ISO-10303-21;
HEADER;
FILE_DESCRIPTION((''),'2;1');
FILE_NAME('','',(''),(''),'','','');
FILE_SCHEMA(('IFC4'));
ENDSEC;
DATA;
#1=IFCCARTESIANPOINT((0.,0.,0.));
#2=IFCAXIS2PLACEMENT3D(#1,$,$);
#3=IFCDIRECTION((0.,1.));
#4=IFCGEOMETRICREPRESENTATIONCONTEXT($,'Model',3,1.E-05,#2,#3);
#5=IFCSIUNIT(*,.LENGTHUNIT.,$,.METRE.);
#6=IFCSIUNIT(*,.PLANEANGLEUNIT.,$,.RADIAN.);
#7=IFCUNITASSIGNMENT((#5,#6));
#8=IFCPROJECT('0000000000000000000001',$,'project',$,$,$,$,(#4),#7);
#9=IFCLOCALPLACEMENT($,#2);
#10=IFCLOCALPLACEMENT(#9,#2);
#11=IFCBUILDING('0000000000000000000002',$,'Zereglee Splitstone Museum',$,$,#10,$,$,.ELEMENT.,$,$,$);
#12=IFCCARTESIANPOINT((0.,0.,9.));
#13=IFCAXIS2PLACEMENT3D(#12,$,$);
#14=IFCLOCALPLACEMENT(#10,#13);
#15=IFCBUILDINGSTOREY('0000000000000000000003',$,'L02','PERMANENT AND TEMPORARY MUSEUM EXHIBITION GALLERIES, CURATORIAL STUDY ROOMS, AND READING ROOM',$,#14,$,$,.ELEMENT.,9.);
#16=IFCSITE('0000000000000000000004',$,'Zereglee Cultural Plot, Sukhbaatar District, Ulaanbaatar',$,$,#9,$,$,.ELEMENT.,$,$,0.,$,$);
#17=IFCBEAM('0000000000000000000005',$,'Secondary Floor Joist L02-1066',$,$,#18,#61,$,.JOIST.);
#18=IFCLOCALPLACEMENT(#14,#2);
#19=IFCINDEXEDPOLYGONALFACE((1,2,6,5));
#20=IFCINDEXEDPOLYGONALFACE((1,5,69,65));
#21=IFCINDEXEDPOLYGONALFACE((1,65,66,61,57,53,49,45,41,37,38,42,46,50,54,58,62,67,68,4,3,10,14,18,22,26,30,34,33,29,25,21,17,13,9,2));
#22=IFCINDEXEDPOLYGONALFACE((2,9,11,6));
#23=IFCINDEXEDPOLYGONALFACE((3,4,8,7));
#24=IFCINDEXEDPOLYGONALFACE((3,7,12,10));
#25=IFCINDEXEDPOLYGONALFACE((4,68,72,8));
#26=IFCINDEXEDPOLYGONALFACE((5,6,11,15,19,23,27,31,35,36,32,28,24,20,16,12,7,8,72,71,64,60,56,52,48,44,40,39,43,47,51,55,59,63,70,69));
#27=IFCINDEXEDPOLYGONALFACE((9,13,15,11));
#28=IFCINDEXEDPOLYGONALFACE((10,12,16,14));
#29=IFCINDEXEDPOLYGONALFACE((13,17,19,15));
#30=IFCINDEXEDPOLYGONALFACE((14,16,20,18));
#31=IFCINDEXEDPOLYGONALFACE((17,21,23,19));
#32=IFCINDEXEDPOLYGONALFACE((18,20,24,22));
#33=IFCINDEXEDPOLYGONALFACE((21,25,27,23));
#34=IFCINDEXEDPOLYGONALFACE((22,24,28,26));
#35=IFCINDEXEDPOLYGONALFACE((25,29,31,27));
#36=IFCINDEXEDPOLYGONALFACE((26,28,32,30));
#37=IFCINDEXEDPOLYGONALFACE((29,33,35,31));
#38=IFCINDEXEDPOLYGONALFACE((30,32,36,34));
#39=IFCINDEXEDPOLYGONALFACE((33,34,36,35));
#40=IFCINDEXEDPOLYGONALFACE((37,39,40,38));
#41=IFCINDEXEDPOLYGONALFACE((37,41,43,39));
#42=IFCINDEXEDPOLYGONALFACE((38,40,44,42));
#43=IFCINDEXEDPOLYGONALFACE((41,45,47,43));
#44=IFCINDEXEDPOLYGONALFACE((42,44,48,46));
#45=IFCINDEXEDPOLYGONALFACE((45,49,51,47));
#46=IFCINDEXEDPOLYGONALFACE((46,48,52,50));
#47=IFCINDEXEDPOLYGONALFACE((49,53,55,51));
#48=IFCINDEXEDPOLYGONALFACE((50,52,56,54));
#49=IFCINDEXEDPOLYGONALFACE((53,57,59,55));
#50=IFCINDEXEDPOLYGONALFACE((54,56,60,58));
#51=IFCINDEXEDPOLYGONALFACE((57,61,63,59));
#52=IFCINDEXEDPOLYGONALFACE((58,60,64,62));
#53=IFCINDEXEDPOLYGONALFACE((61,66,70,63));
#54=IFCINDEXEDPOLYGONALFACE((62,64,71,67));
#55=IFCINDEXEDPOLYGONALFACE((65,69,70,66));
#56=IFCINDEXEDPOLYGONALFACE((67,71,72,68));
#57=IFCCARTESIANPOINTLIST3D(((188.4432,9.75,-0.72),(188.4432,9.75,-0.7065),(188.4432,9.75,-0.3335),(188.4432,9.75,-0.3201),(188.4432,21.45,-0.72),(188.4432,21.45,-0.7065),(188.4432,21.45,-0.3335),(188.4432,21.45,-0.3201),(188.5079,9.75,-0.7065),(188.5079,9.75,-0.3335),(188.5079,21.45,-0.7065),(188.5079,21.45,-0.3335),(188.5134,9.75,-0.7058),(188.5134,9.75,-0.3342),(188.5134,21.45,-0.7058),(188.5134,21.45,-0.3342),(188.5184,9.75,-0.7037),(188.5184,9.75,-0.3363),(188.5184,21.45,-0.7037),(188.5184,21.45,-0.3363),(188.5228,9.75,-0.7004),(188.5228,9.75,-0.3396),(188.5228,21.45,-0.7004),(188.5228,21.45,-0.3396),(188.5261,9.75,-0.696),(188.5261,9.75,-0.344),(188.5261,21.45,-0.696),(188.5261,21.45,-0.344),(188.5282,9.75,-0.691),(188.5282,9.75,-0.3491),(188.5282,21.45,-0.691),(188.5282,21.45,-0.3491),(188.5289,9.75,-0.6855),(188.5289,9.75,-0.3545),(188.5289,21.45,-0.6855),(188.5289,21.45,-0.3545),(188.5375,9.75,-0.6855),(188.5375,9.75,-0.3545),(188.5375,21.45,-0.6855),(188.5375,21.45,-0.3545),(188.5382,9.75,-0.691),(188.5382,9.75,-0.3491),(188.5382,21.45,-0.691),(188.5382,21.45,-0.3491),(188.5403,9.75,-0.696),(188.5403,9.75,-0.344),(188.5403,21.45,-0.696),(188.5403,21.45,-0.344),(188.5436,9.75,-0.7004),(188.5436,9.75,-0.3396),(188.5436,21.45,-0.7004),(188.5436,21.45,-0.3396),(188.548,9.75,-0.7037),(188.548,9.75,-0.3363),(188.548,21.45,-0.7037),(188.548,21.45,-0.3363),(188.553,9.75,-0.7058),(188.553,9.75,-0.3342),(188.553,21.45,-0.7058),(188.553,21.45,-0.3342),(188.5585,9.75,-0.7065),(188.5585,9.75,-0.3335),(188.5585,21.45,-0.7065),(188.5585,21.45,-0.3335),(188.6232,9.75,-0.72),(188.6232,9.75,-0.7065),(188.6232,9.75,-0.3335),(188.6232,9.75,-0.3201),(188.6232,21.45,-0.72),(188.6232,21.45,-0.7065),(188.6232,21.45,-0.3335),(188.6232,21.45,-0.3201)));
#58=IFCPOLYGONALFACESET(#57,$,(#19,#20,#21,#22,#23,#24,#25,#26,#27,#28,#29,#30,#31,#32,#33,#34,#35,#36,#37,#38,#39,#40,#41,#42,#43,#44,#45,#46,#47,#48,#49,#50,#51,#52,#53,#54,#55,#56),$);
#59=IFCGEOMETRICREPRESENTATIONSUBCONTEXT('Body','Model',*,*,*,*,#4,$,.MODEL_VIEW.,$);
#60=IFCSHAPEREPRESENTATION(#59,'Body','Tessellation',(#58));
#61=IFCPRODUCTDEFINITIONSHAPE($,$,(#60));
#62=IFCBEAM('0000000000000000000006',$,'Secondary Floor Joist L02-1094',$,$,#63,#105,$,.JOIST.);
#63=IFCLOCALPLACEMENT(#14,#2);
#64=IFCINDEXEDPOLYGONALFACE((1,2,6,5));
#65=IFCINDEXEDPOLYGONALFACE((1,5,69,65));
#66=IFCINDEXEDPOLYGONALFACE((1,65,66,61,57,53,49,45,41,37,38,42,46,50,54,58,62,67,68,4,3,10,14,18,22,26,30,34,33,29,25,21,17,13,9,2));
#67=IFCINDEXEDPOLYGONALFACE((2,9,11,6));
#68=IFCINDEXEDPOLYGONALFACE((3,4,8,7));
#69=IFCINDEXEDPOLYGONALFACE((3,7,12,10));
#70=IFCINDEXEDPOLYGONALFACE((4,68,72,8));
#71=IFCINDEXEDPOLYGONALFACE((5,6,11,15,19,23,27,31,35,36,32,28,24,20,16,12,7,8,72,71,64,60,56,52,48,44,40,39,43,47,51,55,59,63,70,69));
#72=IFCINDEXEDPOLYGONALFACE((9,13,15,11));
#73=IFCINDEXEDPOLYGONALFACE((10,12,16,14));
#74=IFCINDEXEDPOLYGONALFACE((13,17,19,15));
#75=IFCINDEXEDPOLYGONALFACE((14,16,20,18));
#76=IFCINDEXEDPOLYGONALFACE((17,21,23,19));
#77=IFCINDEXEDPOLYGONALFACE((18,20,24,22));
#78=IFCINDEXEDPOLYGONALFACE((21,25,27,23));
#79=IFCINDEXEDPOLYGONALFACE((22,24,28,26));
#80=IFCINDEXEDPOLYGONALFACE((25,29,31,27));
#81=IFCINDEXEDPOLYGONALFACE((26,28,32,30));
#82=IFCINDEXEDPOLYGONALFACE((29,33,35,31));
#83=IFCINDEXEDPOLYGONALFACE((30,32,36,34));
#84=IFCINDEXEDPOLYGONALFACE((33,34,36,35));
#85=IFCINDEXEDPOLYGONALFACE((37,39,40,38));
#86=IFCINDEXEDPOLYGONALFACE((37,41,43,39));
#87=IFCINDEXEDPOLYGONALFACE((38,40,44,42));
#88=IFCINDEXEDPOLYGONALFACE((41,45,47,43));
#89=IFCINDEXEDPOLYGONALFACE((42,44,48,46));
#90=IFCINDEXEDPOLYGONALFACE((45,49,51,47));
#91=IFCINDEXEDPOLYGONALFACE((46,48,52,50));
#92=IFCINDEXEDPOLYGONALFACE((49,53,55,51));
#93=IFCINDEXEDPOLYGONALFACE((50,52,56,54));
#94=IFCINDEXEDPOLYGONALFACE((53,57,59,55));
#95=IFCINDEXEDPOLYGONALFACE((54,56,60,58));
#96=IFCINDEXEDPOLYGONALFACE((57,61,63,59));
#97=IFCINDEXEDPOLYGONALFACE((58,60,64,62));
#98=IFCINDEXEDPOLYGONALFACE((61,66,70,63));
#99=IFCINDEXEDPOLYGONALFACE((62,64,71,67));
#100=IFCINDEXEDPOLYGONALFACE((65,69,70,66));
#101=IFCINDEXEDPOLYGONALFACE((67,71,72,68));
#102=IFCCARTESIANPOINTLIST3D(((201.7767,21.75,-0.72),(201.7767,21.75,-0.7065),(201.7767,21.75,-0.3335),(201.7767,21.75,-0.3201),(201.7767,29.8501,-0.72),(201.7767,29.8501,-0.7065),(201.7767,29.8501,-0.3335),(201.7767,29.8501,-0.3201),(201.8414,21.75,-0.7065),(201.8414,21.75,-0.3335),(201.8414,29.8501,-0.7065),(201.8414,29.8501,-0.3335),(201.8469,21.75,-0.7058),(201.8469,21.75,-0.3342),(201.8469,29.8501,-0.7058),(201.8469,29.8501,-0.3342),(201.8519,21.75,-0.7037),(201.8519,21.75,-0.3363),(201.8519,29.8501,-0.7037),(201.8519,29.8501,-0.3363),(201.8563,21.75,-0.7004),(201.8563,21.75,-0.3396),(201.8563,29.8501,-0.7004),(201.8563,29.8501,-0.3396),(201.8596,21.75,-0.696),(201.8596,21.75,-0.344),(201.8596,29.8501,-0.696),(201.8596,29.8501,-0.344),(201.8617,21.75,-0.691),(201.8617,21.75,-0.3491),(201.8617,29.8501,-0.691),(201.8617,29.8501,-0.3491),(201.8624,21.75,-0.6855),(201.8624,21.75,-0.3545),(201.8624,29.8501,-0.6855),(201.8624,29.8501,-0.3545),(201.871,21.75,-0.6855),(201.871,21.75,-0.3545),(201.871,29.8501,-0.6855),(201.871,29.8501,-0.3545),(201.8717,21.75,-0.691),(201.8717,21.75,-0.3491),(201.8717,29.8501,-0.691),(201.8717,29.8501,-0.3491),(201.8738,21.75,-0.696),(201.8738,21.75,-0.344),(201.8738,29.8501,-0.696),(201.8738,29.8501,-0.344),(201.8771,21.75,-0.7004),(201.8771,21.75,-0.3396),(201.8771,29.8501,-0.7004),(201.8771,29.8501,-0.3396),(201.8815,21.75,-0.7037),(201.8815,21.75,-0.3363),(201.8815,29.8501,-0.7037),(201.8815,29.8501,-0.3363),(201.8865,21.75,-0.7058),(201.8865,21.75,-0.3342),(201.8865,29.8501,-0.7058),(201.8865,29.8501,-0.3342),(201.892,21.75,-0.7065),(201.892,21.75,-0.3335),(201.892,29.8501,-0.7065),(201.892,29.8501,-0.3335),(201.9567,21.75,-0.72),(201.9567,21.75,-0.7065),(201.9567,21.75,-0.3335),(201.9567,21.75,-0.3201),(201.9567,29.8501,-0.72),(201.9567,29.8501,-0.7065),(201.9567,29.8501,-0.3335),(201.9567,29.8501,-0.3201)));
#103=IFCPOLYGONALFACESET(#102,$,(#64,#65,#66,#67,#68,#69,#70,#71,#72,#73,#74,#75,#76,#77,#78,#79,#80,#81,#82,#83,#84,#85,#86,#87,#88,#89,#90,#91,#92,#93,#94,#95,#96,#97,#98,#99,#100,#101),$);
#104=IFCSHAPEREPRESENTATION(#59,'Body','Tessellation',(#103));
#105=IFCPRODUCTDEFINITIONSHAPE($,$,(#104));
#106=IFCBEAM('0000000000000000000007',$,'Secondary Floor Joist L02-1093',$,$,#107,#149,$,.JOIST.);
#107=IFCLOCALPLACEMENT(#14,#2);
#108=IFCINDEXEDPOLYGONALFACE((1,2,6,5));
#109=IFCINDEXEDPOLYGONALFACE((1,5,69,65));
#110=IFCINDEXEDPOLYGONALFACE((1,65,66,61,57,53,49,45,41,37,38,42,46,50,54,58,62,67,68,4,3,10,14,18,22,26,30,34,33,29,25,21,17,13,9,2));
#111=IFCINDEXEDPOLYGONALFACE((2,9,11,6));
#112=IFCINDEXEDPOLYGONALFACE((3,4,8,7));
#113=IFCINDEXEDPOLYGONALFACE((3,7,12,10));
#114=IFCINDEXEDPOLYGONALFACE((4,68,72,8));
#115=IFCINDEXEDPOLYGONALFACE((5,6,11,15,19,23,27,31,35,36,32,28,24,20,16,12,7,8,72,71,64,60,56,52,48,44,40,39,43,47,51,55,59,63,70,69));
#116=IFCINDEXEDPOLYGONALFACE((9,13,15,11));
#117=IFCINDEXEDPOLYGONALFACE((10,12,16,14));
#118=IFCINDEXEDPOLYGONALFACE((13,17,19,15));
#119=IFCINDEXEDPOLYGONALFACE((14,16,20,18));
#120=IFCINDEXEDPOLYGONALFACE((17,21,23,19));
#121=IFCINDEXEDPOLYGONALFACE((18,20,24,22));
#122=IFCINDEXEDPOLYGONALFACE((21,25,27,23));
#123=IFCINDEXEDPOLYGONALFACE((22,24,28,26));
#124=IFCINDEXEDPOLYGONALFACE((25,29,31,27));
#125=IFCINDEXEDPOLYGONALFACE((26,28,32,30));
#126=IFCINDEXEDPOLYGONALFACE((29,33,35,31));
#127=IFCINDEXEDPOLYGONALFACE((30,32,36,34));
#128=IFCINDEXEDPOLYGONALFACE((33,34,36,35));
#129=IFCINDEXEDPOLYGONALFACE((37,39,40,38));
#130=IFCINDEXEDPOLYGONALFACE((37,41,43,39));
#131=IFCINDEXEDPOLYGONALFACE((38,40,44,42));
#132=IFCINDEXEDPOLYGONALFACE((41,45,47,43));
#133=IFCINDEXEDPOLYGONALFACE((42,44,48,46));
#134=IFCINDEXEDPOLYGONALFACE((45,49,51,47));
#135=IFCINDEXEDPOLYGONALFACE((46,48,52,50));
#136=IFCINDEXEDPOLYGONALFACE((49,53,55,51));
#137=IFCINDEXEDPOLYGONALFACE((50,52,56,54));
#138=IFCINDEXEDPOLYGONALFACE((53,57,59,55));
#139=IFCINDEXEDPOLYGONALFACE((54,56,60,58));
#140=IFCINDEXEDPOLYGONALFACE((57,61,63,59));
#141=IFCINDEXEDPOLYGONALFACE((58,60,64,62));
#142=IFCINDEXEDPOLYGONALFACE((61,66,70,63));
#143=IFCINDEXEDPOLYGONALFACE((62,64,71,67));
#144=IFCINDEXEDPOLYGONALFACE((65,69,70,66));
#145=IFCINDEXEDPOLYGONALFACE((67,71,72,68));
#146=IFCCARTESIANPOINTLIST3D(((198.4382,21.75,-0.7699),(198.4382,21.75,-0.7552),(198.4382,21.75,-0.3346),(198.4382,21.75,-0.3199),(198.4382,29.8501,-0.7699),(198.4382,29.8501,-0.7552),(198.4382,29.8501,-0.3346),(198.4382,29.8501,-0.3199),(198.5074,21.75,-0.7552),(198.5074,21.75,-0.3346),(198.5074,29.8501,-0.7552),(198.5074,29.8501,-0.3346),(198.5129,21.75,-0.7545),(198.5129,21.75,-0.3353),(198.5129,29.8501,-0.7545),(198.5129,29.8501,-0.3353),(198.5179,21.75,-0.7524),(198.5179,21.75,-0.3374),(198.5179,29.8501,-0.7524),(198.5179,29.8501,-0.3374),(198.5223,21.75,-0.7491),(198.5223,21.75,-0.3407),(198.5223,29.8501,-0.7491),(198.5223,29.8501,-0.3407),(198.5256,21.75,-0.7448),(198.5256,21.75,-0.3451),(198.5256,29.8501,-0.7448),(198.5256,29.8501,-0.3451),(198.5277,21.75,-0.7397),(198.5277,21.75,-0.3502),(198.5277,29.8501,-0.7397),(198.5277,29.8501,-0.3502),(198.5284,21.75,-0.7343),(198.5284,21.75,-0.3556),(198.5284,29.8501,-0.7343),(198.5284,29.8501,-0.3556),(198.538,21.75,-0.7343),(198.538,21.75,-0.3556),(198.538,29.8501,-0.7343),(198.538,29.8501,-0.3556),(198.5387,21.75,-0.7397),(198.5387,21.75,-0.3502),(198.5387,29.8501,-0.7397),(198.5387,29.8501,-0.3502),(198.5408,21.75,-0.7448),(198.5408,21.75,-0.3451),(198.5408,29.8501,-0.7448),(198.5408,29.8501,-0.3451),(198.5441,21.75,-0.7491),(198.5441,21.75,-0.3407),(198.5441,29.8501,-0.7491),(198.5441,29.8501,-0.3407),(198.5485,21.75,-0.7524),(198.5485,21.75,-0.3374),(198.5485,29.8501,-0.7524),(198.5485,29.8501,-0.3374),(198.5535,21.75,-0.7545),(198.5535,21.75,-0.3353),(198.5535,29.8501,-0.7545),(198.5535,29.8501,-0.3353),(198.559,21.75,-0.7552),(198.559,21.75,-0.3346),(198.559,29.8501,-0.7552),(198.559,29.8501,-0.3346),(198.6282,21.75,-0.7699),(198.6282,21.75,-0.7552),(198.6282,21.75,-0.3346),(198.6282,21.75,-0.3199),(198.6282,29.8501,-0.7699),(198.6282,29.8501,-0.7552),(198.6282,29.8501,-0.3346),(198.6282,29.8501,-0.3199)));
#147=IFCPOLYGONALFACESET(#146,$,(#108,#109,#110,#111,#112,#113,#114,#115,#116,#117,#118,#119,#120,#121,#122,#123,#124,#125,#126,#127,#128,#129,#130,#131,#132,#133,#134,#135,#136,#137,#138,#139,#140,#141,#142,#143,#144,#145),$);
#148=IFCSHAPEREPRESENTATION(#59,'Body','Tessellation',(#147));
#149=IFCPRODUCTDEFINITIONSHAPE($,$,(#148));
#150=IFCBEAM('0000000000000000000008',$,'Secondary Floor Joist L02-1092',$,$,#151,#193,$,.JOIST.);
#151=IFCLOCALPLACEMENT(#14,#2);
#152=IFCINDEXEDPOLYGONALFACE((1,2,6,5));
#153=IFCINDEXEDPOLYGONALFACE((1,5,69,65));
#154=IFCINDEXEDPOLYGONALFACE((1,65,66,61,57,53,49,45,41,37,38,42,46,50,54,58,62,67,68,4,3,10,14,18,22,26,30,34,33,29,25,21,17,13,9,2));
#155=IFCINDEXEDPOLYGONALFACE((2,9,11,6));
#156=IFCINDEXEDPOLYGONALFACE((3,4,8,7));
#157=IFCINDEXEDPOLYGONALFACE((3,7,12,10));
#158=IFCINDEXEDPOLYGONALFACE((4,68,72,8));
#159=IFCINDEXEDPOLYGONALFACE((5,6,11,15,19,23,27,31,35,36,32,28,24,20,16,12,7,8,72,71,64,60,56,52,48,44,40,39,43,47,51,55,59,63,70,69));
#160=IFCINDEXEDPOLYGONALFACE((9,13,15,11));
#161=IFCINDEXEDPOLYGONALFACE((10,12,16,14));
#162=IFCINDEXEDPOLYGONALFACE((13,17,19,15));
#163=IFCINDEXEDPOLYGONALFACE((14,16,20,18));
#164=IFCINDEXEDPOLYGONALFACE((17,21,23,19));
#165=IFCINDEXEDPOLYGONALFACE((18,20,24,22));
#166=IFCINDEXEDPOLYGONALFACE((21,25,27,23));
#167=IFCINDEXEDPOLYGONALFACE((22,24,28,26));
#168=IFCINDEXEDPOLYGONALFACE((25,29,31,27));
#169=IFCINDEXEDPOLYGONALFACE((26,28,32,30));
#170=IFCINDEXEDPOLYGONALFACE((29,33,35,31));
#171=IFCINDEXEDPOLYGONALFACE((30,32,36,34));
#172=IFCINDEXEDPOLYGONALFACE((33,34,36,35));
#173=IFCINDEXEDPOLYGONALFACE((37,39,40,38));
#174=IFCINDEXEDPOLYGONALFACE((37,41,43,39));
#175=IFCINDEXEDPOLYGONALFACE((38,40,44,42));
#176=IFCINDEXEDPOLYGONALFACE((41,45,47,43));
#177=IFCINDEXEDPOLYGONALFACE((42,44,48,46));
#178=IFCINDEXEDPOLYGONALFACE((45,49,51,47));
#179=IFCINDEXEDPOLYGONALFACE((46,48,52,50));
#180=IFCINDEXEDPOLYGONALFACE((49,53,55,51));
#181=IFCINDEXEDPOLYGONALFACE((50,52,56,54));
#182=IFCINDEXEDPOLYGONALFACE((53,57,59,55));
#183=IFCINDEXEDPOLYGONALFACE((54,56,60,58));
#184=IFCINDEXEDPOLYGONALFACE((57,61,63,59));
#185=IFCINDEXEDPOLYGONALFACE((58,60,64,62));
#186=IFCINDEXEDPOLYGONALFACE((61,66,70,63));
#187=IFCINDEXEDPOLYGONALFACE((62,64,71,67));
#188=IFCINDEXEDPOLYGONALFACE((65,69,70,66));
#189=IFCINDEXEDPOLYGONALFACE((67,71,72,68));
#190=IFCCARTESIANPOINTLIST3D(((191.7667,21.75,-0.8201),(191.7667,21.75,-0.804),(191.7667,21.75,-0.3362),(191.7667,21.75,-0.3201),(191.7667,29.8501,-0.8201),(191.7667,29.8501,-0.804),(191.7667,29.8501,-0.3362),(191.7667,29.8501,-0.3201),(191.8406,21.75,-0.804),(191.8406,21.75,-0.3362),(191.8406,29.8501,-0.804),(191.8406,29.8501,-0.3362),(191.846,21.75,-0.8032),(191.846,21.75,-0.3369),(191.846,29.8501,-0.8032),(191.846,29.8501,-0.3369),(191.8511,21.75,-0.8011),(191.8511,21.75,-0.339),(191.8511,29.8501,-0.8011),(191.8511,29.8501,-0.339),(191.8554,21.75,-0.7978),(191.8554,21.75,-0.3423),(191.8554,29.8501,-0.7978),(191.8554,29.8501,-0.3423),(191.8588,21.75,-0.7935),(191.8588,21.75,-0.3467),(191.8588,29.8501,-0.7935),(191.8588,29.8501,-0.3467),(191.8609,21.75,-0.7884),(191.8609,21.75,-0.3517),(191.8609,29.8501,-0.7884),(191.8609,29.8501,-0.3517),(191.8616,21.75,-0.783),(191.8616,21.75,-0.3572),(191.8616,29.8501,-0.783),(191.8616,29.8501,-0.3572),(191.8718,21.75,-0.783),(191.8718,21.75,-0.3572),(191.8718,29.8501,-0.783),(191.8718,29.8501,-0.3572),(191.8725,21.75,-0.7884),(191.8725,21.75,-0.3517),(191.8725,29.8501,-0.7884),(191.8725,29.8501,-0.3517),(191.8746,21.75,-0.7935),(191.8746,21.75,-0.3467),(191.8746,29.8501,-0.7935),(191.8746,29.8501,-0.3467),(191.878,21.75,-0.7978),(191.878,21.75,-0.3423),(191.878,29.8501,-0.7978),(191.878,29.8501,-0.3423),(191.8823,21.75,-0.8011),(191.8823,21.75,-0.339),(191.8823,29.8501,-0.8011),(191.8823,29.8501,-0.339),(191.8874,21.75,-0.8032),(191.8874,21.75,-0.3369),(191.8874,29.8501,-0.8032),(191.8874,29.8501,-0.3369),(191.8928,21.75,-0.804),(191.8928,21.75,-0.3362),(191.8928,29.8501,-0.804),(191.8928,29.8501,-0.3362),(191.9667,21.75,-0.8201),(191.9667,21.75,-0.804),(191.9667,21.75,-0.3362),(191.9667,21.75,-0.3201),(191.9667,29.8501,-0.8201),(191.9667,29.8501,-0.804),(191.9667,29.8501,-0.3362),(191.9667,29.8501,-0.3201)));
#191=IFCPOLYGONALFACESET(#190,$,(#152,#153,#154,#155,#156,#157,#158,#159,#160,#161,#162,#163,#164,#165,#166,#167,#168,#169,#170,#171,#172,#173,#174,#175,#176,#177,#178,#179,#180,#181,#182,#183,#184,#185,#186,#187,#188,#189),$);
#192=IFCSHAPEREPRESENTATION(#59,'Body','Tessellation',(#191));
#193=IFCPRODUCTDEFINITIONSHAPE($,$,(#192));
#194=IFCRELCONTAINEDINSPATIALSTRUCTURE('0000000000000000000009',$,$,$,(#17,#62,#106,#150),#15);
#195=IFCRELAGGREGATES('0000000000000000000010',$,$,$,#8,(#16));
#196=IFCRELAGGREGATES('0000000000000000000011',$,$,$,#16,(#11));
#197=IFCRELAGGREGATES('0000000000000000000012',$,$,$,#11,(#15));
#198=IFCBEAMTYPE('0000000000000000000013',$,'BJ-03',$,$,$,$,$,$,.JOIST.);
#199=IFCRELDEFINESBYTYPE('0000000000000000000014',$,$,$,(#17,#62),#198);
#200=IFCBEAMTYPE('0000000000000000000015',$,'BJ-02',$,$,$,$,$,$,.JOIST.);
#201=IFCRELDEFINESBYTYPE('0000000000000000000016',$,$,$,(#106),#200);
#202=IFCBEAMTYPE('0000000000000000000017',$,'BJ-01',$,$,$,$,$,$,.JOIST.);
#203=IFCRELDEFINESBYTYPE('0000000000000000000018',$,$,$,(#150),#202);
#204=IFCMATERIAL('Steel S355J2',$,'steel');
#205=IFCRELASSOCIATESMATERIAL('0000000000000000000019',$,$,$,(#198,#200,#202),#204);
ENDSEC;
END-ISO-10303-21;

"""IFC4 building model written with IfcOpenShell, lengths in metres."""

from ifc_helpers import new_model, si_unit, direction, frame, origin, origin_2d, place, context, subcontext, project, spatial, i_section, extrude, material, material_profile, profile_set, type_object, element, save


model = new_model("IFC4")

# Units and contexts
model_context = context("Model", 3, precision=1e-05, world=origin(), true_north=direction((0.0, 1.0)))
body_context = subcontext(model_context, "Body", "Model", "MODEL_VIEW")
ifc_project = project(units=[si_unit("LENGTHUNIT", "METRE"), si_unit("PLANEANGLEUNIT", "RADIAN")], contexts=[model_context])

# Site, building, storey
site_placement = place(None, origin())
site = spatial("IfcSite", under=ifc_project, at=site_placement, Name="Zereglee Cultural Plot, Sukhbaatar District, Ulaanbaatar", CompositionType="ELEMENT", RefElevation=0.0)
building_placement = place(site_placement, origin())
building = spatial("IfcBuilding", under=site, at=building_placement, Name="Zereglee Splitstone Museum", CompositionType="ELEMENT")
storey_placement = place(building_placement, frame((0.0, 0.0, 9.0)))
storey = spatial("IfcBuildingStorey", under=building, at=storey_placement, Name="L02", Description="PERMANENT AND TEMPORARY MUSEUM EXHIBITION GALLERIES, CURATORIAL STUDY ROOMS, AND READING ROOM", CompositionType="ELEMENT", Elevation=9.0)

# Shared definitions
ifc_material_1 = material(Name="Steel S355J2", Category="steel")

# Beams
ifc_material_profile_1 = material_profile(ifc_material_1, i_section(OverallWidth=0.1799, OverallDepth=0.3999, WebThickness=0.0085, FlangeThickness=0.0134, FilletRadius=0.021, at=origin_2d()), Name="IPE 400")
ifc_profile_set_1 = profile_set([ifc_material_profile_1], Name="Steel S355J2")
beam_type_1 = type_object("IfcBeamType", Name="BJ-03", PredefinedType="JOIST", material=ifc_profile_set_1)
beam_1_placement = place(storey_placement, frame((188.5332, 9.75, -0.52), z_axis=(0.0, 1.0, 0.0), x_axis=(-1.0, 0.0, 0.0)))
element("IfcBeam", 1, at=beam_1_placement, inside=storey, type_object=beam_type_1, Name="Secondary Floor Joist L02-1066", PredefinedType="JOIST", context=body_context, shape_type="SweptSolid", body=[
    extrude(i_section(OverallWidth=0.1799, OverallDepth=0.3999, WebThickness=0.0085, FlangeThickness=0.0134, FilletRadius=0.021, at=origin_2d()), origin(), (0.0, 0.0, 1.0), 11.7),
])
beam_2_placement = place(storey_placement, frame((201.8667, 21.75, -0.52), z_axis=(0.0, 1.0, 0.0), x_axis=(-1.0, 0.0, 0.0)))
element("IfcBeam", 2, at=beam_2_placement, inside=storey, type_object=beam_type_1, Name="Secondary Floor Joist L02-1094", PredefinedType="JOIST", context=body_context, shape_type="SweptSolid", body=[
    extrude(i_section(OverallWidth=0.1799, OverallDepth=0.3999, WebThickness=0.0085, FlangeThickness=0.0134, FilletRadius=0.021, at=origin_2d()), origin(), (0.0, 0.0, 1.0), 8.1001),
])
ifc_material_profile_2 = material_profile(ifc_material_1, i_section(OverallWidth=0.1899, OverallDepth=0.45, WebThickness=0.0095, FlangeThickness=0.0146, FilletRadius=0.021, at=origin_2d()), Name="IPE 450")
ifc_profile_set_2 = profile_set([ifc_material_profile_2], Name="Steel S355J2")
beam_type_2 = type_object("IfcBeamType", Name="BJ-02", PredefinedType="JOIST", material=ifc_profile_set_2)
beam_3_placement = place(storey_placement, frame((198.5332, 21.75, -0.5449), z_axis=(0.0, 1.0, 0.0), x_axis=(-1.0, 0.0, 0.0)))
element("IfcBeam", 3, at=beam_3_placement, inside=storey, type_object=beam_type_2, Name="Secondary Floor Joist L02-1093", PredefinedType="JOIST", context=body_context, shape_type="SweptSolid", body=[
    extrude(i_section(OverallWidth=0.1899, OverallDepth=0.45, WebThickness=0.0095, FlangeThickness=0.0146, FilletRadius=0.021, at=origin_2d()), origin(), (0.0, 0.0, 1.0), 8.1001),
])
ifc_material_profile_3 = material_profile(ifc_material_1, i_section(OverallWidth=0.2, OverallDepth=0.5, WebThickness=0.0103, FlangeThickness=0.0161, FilletRadius=0.021, at=origin_2d()), Name="IPE 500")
ifc_profile_set_3 = profile_set([ifc_material_profile_3], Name="Steel S355J2")
beam_type_3 = type_object("IfcBeamType", Name="BJ-01", PredefinedType="JOIST", material=ifc_profile_set_3)
beam_4_placement = place(storey_placement, frame((191.8667, 21.75, -0.5701), z_axis=(0.0, 1.0, 0.0), x_axis=(-1.0, 0.0, 0.0)))
element("IfcBeam", 4, at=beam_4_placement, inside=storey, type_object=beam_type_3, Name="Secondary Floor Joist L02-1092", PredefinedType="JOIST", context=body_context, shape_type="SweptSolid", body=[
    extrude(i_section(OverallWidth=0.2, OverallDepth=0.5, WebThickness=0.0103, FlangeThickness=0.0161, FilletRadius=0.021, at=origin_2d()), origin(), (0.0, 0.0, 1.0), 8.1001),
])

save(model, "model.ifc")
